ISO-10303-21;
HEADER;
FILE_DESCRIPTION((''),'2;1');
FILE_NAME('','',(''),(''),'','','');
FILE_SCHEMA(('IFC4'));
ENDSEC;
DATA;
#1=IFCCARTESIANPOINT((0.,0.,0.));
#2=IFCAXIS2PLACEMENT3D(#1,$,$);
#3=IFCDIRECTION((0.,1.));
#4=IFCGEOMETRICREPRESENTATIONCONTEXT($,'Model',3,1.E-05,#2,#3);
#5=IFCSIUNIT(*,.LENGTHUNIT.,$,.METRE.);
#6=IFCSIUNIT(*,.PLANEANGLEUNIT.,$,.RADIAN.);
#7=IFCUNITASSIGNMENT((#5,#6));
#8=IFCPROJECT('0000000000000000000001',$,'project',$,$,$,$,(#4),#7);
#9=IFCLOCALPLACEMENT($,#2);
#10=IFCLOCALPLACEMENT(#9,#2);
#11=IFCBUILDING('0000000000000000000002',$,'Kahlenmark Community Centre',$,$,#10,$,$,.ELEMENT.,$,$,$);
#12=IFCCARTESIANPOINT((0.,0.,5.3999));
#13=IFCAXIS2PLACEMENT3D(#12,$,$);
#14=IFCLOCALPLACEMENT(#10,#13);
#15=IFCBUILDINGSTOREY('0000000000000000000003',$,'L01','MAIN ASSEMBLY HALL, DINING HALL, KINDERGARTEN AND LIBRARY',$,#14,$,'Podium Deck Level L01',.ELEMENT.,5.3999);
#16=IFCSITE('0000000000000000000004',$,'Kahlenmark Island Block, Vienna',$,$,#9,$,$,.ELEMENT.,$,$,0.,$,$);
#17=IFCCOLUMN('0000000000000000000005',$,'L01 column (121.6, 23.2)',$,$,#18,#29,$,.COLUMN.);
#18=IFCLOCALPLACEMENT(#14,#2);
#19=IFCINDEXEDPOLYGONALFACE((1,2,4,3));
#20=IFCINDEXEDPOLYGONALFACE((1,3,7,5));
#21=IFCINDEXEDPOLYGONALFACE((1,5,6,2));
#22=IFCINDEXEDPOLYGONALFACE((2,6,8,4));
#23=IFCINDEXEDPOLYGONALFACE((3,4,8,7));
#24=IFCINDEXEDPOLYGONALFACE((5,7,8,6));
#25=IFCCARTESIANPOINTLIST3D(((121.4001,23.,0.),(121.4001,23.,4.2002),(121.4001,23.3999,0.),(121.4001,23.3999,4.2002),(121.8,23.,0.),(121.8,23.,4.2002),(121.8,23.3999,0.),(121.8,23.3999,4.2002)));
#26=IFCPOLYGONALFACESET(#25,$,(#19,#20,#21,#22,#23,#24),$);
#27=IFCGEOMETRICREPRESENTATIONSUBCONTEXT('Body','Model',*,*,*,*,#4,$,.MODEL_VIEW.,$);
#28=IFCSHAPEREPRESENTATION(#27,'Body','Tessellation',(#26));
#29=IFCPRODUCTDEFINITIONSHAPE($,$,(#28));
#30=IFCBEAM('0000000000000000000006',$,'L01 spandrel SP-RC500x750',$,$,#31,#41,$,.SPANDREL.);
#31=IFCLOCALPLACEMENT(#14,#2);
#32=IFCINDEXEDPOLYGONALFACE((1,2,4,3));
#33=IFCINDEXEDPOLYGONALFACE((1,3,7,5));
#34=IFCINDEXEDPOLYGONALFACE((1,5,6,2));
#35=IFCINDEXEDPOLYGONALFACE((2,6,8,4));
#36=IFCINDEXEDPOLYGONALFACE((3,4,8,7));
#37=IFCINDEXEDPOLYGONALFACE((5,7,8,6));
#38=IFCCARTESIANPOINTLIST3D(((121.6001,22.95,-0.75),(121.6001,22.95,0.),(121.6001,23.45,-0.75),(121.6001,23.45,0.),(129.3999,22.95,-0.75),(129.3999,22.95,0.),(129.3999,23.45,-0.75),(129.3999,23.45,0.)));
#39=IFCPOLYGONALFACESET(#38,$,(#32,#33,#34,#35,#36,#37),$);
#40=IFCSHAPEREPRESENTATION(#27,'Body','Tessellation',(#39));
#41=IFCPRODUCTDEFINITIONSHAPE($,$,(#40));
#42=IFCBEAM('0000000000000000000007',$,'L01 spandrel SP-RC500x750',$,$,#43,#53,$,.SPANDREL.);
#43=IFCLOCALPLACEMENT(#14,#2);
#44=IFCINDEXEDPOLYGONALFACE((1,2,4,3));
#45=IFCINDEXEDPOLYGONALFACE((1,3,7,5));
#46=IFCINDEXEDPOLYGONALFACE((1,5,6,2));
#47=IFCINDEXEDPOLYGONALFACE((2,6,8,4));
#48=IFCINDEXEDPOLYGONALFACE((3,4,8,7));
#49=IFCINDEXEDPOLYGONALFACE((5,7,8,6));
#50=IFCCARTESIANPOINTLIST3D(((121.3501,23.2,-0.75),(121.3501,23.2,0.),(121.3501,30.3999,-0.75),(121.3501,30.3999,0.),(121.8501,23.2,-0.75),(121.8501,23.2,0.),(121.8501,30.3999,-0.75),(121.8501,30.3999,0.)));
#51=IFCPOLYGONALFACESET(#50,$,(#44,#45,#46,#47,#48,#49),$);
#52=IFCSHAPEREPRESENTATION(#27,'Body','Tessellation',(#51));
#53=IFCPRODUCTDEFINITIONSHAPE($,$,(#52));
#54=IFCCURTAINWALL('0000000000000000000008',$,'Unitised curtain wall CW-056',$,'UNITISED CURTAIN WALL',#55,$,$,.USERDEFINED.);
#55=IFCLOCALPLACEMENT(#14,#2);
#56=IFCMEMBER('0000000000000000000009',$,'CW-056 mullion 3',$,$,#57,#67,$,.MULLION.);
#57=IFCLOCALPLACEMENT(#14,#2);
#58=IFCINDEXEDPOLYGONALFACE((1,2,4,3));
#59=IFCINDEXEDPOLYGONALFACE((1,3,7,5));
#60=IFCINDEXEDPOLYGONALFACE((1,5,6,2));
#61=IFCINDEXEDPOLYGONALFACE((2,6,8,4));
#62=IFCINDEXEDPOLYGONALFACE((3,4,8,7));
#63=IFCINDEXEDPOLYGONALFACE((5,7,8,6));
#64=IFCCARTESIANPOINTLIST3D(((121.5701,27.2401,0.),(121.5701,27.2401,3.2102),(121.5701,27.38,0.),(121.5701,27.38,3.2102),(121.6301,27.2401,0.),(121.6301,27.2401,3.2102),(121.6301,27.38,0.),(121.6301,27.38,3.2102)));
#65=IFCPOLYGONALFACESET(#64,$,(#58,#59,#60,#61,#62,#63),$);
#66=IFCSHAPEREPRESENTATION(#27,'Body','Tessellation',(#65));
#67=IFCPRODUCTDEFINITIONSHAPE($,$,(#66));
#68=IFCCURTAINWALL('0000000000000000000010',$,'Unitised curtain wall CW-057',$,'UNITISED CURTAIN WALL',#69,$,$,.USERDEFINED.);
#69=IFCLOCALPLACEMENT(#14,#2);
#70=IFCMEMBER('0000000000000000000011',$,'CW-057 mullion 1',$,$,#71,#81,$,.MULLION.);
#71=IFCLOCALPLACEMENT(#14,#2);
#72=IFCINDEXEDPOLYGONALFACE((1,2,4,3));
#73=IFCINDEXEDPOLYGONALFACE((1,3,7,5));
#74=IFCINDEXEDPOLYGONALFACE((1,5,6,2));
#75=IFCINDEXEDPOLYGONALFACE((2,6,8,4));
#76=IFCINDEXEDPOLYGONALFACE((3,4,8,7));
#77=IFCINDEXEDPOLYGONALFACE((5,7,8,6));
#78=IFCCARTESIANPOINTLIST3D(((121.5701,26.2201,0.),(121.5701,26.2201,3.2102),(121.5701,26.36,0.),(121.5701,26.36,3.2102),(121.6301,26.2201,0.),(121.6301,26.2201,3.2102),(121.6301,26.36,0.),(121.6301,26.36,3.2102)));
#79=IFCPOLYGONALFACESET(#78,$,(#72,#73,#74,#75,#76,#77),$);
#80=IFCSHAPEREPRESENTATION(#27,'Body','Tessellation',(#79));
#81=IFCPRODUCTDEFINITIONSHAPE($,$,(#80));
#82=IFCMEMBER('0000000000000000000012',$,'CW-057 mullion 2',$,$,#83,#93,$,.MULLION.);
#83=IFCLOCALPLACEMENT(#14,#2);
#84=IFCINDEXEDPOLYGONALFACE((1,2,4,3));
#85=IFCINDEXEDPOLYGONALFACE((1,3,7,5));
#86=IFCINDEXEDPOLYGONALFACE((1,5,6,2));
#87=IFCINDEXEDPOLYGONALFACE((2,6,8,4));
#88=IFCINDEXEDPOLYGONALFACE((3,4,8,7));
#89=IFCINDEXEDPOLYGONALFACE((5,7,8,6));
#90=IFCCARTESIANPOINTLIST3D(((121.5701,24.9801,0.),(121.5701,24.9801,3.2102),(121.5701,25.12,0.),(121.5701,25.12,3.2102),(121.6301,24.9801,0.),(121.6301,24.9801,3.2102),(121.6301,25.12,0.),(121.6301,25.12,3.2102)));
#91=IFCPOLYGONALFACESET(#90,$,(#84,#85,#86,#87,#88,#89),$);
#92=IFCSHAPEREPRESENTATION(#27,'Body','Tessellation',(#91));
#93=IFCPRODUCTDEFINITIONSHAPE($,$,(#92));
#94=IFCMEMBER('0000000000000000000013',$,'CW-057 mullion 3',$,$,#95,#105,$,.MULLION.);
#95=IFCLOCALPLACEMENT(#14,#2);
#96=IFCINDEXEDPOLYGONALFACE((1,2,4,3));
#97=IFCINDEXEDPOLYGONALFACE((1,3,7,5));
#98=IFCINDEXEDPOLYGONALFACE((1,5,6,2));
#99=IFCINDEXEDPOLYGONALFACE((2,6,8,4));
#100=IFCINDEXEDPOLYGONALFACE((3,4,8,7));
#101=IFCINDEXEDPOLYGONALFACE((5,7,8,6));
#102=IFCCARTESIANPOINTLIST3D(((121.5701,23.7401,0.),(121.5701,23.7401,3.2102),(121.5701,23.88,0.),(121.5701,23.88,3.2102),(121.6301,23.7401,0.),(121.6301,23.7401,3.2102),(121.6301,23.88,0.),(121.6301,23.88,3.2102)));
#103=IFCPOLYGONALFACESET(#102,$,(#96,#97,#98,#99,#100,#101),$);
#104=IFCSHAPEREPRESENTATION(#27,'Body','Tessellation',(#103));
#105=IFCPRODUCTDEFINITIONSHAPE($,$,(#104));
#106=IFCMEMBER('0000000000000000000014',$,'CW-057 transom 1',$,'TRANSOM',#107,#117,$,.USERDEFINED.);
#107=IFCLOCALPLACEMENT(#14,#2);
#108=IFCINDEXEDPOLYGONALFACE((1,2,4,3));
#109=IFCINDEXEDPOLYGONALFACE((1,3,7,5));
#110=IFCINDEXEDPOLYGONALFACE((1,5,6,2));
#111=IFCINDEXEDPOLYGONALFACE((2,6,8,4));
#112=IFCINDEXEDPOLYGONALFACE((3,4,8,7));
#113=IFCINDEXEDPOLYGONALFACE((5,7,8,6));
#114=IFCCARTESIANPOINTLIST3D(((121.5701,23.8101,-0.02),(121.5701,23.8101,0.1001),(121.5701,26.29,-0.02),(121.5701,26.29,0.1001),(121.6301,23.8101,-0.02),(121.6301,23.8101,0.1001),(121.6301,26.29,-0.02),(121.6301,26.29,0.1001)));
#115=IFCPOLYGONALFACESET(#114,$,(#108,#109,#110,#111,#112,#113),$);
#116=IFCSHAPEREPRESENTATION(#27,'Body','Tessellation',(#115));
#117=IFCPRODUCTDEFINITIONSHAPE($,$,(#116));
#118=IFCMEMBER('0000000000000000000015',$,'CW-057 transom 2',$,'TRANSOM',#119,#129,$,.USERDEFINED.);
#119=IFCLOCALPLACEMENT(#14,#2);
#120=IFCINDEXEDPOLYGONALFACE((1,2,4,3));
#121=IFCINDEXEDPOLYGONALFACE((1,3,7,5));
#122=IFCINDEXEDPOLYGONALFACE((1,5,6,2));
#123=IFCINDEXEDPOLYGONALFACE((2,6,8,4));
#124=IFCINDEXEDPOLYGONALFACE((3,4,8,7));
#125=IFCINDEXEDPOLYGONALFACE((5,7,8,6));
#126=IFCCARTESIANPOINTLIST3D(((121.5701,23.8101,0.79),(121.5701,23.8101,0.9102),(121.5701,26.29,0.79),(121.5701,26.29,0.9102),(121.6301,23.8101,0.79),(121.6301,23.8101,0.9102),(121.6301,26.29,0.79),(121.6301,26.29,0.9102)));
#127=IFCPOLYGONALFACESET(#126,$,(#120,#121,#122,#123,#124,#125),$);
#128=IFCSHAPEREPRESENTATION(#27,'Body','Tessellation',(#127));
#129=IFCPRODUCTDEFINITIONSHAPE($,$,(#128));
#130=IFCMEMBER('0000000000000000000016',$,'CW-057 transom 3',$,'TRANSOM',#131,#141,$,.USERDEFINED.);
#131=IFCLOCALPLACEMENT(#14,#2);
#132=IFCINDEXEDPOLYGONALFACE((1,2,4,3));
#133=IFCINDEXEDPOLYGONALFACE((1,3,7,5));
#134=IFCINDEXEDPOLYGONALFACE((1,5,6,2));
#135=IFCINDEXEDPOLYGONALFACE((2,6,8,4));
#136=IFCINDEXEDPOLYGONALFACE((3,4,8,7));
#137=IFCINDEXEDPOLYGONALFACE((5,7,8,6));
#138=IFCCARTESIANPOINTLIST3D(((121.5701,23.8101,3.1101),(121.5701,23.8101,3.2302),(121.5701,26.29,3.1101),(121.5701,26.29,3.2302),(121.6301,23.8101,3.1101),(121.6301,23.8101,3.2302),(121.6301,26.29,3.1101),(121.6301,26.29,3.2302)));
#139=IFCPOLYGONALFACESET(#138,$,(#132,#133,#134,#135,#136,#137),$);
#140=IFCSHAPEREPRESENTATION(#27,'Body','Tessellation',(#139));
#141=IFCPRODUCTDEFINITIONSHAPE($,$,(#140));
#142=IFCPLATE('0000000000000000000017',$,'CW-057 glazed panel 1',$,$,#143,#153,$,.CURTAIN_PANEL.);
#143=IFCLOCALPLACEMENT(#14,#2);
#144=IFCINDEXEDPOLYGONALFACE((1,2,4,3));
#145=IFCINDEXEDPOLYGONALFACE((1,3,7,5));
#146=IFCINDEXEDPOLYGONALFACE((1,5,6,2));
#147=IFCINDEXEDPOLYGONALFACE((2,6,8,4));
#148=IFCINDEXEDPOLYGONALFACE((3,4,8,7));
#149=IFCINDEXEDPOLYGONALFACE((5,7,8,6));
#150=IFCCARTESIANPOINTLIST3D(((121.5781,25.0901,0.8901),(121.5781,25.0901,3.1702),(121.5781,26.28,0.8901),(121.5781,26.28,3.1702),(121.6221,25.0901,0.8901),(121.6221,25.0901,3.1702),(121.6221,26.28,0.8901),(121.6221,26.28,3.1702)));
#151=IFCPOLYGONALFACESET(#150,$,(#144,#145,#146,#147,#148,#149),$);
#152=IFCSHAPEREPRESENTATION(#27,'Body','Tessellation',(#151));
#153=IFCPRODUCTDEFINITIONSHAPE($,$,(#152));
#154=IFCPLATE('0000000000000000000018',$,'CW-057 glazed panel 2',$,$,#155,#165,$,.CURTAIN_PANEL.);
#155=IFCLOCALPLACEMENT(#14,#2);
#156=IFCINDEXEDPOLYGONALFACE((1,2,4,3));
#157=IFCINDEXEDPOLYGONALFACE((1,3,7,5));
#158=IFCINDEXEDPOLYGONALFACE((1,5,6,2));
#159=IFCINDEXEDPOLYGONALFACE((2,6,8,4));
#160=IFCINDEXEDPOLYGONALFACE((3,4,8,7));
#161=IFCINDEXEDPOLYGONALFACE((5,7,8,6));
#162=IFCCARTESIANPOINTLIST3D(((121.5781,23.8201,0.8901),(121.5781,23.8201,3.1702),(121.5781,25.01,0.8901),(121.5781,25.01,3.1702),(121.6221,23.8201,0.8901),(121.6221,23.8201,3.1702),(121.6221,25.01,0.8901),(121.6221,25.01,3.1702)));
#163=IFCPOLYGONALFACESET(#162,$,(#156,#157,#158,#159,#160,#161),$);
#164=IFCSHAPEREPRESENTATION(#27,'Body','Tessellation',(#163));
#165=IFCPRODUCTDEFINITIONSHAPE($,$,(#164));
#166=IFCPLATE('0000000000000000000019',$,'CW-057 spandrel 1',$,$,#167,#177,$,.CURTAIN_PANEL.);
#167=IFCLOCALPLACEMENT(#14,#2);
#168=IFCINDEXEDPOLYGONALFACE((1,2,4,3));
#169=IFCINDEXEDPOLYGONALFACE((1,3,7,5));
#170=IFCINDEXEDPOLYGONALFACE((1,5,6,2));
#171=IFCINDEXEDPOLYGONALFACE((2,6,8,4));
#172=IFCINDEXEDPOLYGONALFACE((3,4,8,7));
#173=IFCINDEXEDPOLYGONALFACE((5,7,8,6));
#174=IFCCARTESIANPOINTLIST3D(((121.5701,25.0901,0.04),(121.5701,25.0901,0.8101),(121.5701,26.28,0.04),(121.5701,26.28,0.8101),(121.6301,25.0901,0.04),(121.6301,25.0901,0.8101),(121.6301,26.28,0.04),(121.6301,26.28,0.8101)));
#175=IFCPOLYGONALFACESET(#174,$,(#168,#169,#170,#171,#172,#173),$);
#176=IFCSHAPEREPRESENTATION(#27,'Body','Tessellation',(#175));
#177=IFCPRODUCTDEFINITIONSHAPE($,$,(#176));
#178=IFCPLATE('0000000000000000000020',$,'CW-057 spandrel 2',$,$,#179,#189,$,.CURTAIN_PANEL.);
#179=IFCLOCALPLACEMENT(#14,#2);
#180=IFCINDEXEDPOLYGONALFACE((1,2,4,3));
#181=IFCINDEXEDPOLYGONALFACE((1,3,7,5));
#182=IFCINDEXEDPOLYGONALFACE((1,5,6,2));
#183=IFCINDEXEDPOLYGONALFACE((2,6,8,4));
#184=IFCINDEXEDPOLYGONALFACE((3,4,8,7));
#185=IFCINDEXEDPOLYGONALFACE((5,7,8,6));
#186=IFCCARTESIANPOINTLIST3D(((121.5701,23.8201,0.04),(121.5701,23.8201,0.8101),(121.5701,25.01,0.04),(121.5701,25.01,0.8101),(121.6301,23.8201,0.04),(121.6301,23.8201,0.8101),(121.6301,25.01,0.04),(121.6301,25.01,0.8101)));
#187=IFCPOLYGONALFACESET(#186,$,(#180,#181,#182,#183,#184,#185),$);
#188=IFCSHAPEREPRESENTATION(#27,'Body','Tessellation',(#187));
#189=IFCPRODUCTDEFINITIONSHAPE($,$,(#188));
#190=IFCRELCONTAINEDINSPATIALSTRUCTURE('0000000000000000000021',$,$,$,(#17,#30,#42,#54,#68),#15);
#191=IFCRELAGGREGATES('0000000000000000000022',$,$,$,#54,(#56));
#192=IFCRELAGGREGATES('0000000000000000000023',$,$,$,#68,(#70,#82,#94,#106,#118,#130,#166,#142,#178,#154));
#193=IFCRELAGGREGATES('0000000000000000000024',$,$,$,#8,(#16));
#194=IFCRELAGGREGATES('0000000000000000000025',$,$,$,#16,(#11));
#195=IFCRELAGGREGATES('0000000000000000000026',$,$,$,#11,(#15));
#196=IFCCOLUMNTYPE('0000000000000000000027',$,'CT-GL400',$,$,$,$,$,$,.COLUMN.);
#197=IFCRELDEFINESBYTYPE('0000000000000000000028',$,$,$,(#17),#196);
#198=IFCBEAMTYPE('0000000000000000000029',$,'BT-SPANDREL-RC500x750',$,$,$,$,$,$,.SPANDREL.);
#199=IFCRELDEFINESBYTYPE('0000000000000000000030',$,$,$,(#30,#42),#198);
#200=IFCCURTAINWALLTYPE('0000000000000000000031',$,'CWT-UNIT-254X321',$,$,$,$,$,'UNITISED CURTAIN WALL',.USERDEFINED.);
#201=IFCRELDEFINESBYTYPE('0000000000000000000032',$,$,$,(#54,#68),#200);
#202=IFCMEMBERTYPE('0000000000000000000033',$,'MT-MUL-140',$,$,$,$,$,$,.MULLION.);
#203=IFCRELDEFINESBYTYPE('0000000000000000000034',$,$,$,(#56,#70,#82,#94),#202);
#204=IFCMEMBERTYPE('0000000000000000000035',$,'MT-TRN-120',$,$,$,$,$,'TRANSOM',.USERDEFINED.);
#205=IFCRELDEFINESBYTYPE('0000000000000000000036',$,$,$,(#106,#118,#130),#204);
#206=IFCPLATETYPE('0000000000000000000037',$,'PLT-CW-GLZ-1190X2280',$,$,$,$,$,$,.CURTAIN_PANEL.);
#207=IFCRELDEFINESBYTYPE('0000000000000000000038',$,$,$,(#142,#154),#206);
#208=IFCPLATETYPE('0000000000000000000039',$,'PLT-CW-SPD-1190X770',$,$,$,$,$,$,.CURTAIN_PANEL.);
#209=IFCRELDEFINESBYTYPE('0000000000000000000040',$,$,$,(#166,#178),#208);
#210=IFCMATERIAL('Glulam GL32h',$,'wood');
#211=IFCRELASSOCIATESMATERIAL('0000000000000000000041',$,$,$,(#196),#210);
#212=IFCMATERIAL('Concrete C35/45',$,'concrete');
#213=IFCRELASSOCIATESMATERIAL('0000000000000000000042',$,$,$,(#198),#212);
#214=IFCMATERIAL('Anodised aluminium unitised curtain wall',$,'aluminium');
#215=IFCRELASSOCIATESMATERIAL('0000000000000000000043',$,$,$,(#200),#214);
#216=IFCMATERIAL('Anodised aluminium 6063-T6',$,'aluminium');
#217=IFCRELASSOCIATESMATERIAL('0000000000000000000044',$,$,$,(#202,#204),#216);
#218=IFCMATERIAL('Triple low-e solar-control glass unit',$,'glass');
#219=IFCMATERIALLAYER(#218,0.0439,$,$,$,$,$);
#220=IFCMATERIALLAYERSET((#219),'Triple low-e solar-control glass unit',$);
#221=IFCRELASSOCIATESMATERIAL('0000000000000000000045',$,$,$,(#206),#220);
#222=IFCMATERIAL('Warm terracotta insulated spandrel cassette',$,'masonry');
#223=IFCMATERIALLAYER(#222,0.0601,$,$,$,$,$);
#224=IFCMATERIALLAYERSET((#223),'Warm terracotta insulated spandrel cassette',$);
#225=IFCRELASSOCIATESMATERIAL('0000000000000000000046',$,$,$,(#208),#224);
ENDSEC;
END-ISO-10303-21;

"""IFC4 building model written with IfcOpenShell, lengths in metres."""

from ifc_helpers import new_model, si_unit, direction, frame, origin, origin_2d, place, context, subcontext, project, spatial, rectangle, extrude, material, layer, layer_set, material_profile, profile_set, type_object, element, aggregate, save


model = new_model("IFC4")

# Units and contexts
model_context = context("Model", 3, precision=1e-05, world=origin(), true_north=direction((0.0, 1.0)))
body_context = subcontext(model_context, "Body", "Model", "MODEL_VIEW")
ifc_project = project(units=[si_unit("LENGTHUNIT", "METRE"), si_unit("PLANEANGLEUNIT", "RADIAN")], contexts=[model_context])

# Site, building, storey
site_placement = place(None, origin())
site = spatial("IfcSite", under=ifc_project, at=site_placement, Name="Kahlenmark Island Block, Vienna", CompositionType="ELEMENT", RefElevation=0.0)
building_placement = place(site_placement, origin())
building = spatial("IfcBuilding", under=site, at=building_placement, Name="Kahlenmark Community Centre", CompositionType="ELEMENT")
storey_placement = place(building_placement, frame((0.0, 0.0, 5.3999)))
storey = spatial("IfcBuildingStorey", under=building, at=storey_placement, Name="L01", Description="MAIN ASSEMBLY HALL, DINING HALL, KINDERGARTEN AND LIBRARY", LongName="Podium Deck Level L01", CompositionType="ELEMENT", Elevation=5.3999)

# Column
ifc_material_1 = material(Name="Glulam GL32h", Category="wood")
ifc_material_profile_1 = material_profile(ifc_material_1, rectangle(XDim=0.3999, YDim=0.3999, at=origin_2d()), Name="GL32h 400x400")
ifc_profile_set_1 = profile_set([ifc_material_profile_1], Name="Glulam GL32h")
column_type = type_object("IfcColumnType", Name="CT-GL400", PredefinedType="COLUMN", material=ifc_profile_set_1)
column_placement = place(storey_placement, frame((121.6001, 23.2, 0.0), z_axis=(0.0, 0.0, 1.0), x_axis=(1.0, 0.0, 0.0)))
element("IfcColumn", 1, at=column_placement, inside=storey, type_object=column_type, Name="L01 column (121.6, 23.2)", PredefinedType="COLUMN", context=body_context, shape_type="SweptSolid", body=[
    extrude(rectangle(XDim=0.3999, YDim=0.3999, at=origin_2d()), origin(), (0.0, 0.0, 1.0), 4.2002),
])

# Beams
ifc_material_2 = material(Name="Concrete C35/45", Category="concrete")
ifc_material_profile_2 = material_profile(ifc_material_2, rectangle(XDim=0.5, YDim=0.75, at=origin_2d()), Name="RC 500x750")
ifc_profile_set_2 = profile_set([ifc_material_profile_2], Name="Concrete C35/45")
beam_type = type_object("IfcBeamType", Name="BT-SPANDREL-RC500x750", PredefinedType="SPANDREL", material=ifc_profile_set_2)
beam_1_placement = place(storey_placement, frame((121.6001, 23.2, -0.375), z_axis=(1.0, 0.0, 0.0), x_axis=(0.0, 1.0, 0.0)))
element("IfcBeam", 2, at=beam_1_placement, inside=storey, type_object=beam_type, Name="L01 spandrel SP-RC500x750", PredefinedType="SPANDREL", context=body_context, shape_type="SweptSolid", body=[
    extrude(rectangle(XDim=0.5, YDim=0.75, at=origin_2d()), origin(), (0.0, 0.0, 1.0), 7.7998),
])
beam_2_placement = place(storey_placement, frame((121.6001, 23.2, -0.375), z_axis=(0.0, 1.0, 0.0), x_axis=(-1.0, 0.0, 0.0)))
element("IfcBeam", 3, at=beam_2_placement, inside=storey, type_object=beam_type, Name="L01 spandrel SP-RC500x750", PredefinedType="SPANDREL", context=body_context, shape_type="SweptSolid", body=[
    extrude(rectangle(XDim=0.5, YDim=0.75, at=origin_2d()), origin(), (0.0, 0.0, 1.0), 7.2),
])

# Curtain wall, member
ifc_material_3 = material(Name="Anodised aluminium unitised curtain wall", Category="aluminium")
curtain_wall_type = type_object("IfcCurtainWallType", Name="CWT-UNIT-254X321", ElementType="UNITISED CURTAIN WALL", PredefinedType="USERDEFINED", material=ifc_material_3)
curtain_wall_1_placement = place(storey_placement, origin())
curtain_wall_1 = element("IfcCurtainWall", 4, at=curtain_wall_1_placement, inside=storey, type_object=curtain_wall_type, Name="Unitised curtain wall CW-056", ObjectType="UNITISED CURTAIN WALL", PredefinedType="USERDEFINED")
ifc_material_4 = material(Name="Anodised aluminium 6063-T6", Category="aluminium")
ifc_material_profile_3 = material_profile(ifc_material_4, rectangle(XDim=0.0601, YDim=0.1399, at=origin_2d()), Name="ALU MULLION 60x140")
ifc_profile_set_3 = profile_set([ifc_material_profile_3], Name="Anodised aluminium 6063-T6")
member_type_1 = type_object("IfcMemberType", Name="MT-MUL-140", PredefinedType="MULLION", material=ifc_profile_set_3)
member_1_placement = place(storey_placement, frame((121.6001, 27.3101, 0.0), z_axis=(0.0, 0.0, 1.0), x_axis=(1.0, 0.0, 0.0)))
member_1 = element("IfcMember", 5, at=member_1_placement, type_object=member_type_1, Name="CW-056 mullion 3", PredefinedType="MULLION", context=body_context, shape_type="SweptSolid", body=[
    extrude(rectangle(XDim=0.0601, YDim=0.1399, at=origin_2d()), origin(), (0.0, 0.0, 1.0), 3.2102),
])
aggregate(curtain_wall_1, [member_1])

# Curtain wall, members, plates
curtain_wall_2_placement = place(storey_placement, origin())
curtain_wall_2 = element("IfcCurtainWall", 6, at=curtain_wall_2_placement, inside=storey, type_object=curtain_wall_type, Name="Unitised curtain wall CW-057", ObjectType="UNITISED CURTAIN WALL", PredefinedType="USERDEFINED")
member_2_placement = place(storey_placement, frame((121.6001, 26.29, 0.0), z_axis=(0.0, 0.0, 1.0), x_axis=(1.0, 0.0, 0.0)))
member_2 = element("IfcMember", 7, at=member_2_placement, type_object=member_type_1, Name="CW-057 mullion 1", PredefinedType="MULLION", context=body_context, shape_type="SweptSolid", body=[
    extrude(rectangle(XDim=0.0601, YDim=0.1399, at=origin_2d()), origin(), (0.0, 0.0, 1.0), 3.2102),
])
member_3_placement = place(storey_placement, frame((121.6001, 25.05, 0.0), z_axis=(0.0, 0.0, 1.0), x_axis=(1.0, 0.0, 0.0)))
member_3 = element("IfcMember", 8, at=member_3_placement, type_object=member_type_1, Name="CW-057 mullion 2", PredefinedType="MULLION", context=body_context, shape_type="SweptSolid", body=[
    extrude(rectangle(XDim=0.0601, YDim=0.1399, at=origin_2d()), origin(), (0.0, 0.0, 1.0), 3.2102),
])
member_4_placement = place(storey_placement, frame((121.6001, 23.8101, 0.0), z_axis=(0.0, 0.0, 1.0), x_axis=(1.0, 0.0, 0.0)))
member_4 = element("IfcMember", 9, at=member_4_placement, type_object=member_type_1, Name="CW-057 mullion 3", PredefinedType="MULLION", context=body_context, shape_type="SweptSolid", body=[
    extrude(rectangle(XDim=0.0601, YDim=0.1399, at=origin_2d()), origin(), (0.0, 0.0, 1.0), 3.2102),
])
ifc_material_profile_4 = material_profile(ifc_material_4, rectangle(XDim=0.0601, YDim=0.1201, at=origin_2d()), Name="ALU TRANSOM 60x120")
ifc_profile_set_4 = profile_set([ifc_material_profile_4], Name="Anodised aluminium 6063-T6")
member_type_2 = type_object("IfcMemberType", Name="MT-TRN-120", ElementType="TRANSOM", PredefinedType="USERDEFINED", material=ifc_profile_set_4)
member_5_placement = place(storey_placement, frame((121.6001, 26.29, 0.04), z_axis=(0.0, -1.0, 0.0), x_axis=(1.0, 0.0, 0.0)))
member_5 = element("IfcMember", 10, at=member_5_placement, type_object=member_type_2, Name="CW-057 transom 1", ObjectType="TRANSOM", PredefinedType="USERDEFINED", context=body_context, shape_type="SweptSolid", body=[
    extrude(rectangle(XDim=0.0601, YDim=0.1201, at=origin_2d()), origin(), (0.0, 0.0, 1.0), 2.48),
])
member_6_placement = place(storey_placement, frame((121.6001, 26.29, 0.8501), z_axis=(0.0, -1.0, 0.0), x_axis=(1.0, 0.0, 0.0)))
member_6 = element("IfcMember", 11, at=member_6_placement, type_object=member_type_2, Name="CW-057 transom 2", ObjectType="TRANSOM", PredefinedType="USERDEFINED", context=body_context, shape_type="SweptSolid", body=[
    extrude(rectangle(XDim=0.0601, YDim=0.1201, at=origin_2d()), origin(), (0.0, 0.0, 1.0), 2.48),
])
member_7_placement = place(storey_placement, frame((121.6001, 26.29, 3.1702), z_axis=(0.0, -1.0, 0.0), x_axis=(1.0, 0.0, 0.0)))
member_7 = element("IfcMember", 12, at=member_7_placement, type_object=member_type_2, Name="CW-057 transom 3", ObjectType="TRANSOM", PredefinedType="USERDEFINED", context=body_context, shape_type="SweptSolid", body=[
    extrude(rectangle(XDim=0.0601, YDim=0.1201, at=origin_2d()), origin(), (0.0, 0.0, 1.0), 2.48),
])
ifc_material_5 = material(Name="Triple low-e solar-control glass unit", Category="glass")
ifc_layer_1 = layer(ifc_material_5, 0.0439)
ifc_layer_set_1 = layer_set([ifc_layer_1], Name="Triple low-e solar-control glass unit")
plate_type_1 = type_object("IfcPlateType", Name="PLT-CW-GLZ-1190X2280", PredefinedType="CURTAIN_PANEL", material=ifc_layer_set_1)
plate_1_placement = place(storey_placement, frame((121.6001, 25.6851, 0.8901), z_axis=(0.0, 0.0, 1.0), x_axis=(0.0, -1.0, 0.0)))
plate_1 = element("IfcPlate", 13, at=plate_1_placement, type_object=plate_type_1, Name="CW-057 glazed panel 1", PredefinedType="CURTAIN_PANEL", context=body_context, shape_type="SweptSolid", body=[
    extrude(rectangle(XDim=1.1899, YDim=0.0439, at=origin_2d()), origin(), (0.0, 0.0, 1.0), 2.28),
])
plate_2_placement = place(storey_placement, frame((121.6001, 24.415, 0.8901), z_axis=(0.0, 0.0, 1.0), x_axis=(0.0, -1.0, 0.0)))
plate_2 = element("IfcPlate", 14, at=plate_2_placement, type_object=plate_type_1, Name="CW-057 glazed panel 2", PredefinedType="CURTAIN_PANEL", context=body_context, shape_type="SweptSolid", body=[
    extrude(rectangle(XDim=1.1899, YDim=0.0439, at=origin_2d()), origin(), (0.0, 0.0, 1.0), 2.28),
])
ifc_material_6 = material(Name="Warm terracotta insulated spandrel cassette", Category="masonry")
ifc_layer_2 = layer(ifc_material_6, 0.0601)
ifc_layer_set_2 = layer_set([ifc_layer_2], Name="Warm terracotta insulated spandrel cassette")
plate_type_2 = type_object("IfcPlateType", Name="PLT-CW-SPD-1190X770", PredefinedType="CURTAIN_PANEL", material=ifc_layer_set_2)
plate_3_placement = place(storey_placement, frame((121.6001, 25.6851, 0.04), z_axis=(0.0, 0.0, 1.0), x_axis=(0.0, -1.0, 0.0)))
plate_3 = element("IfcPlate", 15, at=plate_3_placement, type_object=plate_type_2, Name="CW-057 spandrel 1", PredefinedType="CURTAIN_PANEL", context=body_context, shape_type="SweptSolid", body=[
    extrude(rectangle(XDim=1.1899, YDim=0.0601, at=origin_2d()), origin(), (0.0, 0.0, 1.0), 0.77),
])
plate_4_placement = place(storey_placement, frame((121.6001, 24.415, 0.04), z_axis=(0.0, 0.0, 1.0), x_axis=(0.0, -1.0, 0.0)))
plate_4 = element("IfcPlate", 16, at=plate_4_placement, type_object=plate_type_2, Name="CW-057 spandrel 2", PredefinedType="CURTAIN_PANEL", context=body_context, shape_type="SweptSolid", body=[
    extrude(rectangle(XDim=1.1899, YDim=0.0601, at=origin_2d()), origin(), (0.0, 0.0, 1.0), 0.77),
])
aggregate(curtain_wall_2, [member_2, member_3, member_4, member_5, member_6, member_7, plate_3, plate_1, plate_4, plate_2])

save(model, "model.ifc")
